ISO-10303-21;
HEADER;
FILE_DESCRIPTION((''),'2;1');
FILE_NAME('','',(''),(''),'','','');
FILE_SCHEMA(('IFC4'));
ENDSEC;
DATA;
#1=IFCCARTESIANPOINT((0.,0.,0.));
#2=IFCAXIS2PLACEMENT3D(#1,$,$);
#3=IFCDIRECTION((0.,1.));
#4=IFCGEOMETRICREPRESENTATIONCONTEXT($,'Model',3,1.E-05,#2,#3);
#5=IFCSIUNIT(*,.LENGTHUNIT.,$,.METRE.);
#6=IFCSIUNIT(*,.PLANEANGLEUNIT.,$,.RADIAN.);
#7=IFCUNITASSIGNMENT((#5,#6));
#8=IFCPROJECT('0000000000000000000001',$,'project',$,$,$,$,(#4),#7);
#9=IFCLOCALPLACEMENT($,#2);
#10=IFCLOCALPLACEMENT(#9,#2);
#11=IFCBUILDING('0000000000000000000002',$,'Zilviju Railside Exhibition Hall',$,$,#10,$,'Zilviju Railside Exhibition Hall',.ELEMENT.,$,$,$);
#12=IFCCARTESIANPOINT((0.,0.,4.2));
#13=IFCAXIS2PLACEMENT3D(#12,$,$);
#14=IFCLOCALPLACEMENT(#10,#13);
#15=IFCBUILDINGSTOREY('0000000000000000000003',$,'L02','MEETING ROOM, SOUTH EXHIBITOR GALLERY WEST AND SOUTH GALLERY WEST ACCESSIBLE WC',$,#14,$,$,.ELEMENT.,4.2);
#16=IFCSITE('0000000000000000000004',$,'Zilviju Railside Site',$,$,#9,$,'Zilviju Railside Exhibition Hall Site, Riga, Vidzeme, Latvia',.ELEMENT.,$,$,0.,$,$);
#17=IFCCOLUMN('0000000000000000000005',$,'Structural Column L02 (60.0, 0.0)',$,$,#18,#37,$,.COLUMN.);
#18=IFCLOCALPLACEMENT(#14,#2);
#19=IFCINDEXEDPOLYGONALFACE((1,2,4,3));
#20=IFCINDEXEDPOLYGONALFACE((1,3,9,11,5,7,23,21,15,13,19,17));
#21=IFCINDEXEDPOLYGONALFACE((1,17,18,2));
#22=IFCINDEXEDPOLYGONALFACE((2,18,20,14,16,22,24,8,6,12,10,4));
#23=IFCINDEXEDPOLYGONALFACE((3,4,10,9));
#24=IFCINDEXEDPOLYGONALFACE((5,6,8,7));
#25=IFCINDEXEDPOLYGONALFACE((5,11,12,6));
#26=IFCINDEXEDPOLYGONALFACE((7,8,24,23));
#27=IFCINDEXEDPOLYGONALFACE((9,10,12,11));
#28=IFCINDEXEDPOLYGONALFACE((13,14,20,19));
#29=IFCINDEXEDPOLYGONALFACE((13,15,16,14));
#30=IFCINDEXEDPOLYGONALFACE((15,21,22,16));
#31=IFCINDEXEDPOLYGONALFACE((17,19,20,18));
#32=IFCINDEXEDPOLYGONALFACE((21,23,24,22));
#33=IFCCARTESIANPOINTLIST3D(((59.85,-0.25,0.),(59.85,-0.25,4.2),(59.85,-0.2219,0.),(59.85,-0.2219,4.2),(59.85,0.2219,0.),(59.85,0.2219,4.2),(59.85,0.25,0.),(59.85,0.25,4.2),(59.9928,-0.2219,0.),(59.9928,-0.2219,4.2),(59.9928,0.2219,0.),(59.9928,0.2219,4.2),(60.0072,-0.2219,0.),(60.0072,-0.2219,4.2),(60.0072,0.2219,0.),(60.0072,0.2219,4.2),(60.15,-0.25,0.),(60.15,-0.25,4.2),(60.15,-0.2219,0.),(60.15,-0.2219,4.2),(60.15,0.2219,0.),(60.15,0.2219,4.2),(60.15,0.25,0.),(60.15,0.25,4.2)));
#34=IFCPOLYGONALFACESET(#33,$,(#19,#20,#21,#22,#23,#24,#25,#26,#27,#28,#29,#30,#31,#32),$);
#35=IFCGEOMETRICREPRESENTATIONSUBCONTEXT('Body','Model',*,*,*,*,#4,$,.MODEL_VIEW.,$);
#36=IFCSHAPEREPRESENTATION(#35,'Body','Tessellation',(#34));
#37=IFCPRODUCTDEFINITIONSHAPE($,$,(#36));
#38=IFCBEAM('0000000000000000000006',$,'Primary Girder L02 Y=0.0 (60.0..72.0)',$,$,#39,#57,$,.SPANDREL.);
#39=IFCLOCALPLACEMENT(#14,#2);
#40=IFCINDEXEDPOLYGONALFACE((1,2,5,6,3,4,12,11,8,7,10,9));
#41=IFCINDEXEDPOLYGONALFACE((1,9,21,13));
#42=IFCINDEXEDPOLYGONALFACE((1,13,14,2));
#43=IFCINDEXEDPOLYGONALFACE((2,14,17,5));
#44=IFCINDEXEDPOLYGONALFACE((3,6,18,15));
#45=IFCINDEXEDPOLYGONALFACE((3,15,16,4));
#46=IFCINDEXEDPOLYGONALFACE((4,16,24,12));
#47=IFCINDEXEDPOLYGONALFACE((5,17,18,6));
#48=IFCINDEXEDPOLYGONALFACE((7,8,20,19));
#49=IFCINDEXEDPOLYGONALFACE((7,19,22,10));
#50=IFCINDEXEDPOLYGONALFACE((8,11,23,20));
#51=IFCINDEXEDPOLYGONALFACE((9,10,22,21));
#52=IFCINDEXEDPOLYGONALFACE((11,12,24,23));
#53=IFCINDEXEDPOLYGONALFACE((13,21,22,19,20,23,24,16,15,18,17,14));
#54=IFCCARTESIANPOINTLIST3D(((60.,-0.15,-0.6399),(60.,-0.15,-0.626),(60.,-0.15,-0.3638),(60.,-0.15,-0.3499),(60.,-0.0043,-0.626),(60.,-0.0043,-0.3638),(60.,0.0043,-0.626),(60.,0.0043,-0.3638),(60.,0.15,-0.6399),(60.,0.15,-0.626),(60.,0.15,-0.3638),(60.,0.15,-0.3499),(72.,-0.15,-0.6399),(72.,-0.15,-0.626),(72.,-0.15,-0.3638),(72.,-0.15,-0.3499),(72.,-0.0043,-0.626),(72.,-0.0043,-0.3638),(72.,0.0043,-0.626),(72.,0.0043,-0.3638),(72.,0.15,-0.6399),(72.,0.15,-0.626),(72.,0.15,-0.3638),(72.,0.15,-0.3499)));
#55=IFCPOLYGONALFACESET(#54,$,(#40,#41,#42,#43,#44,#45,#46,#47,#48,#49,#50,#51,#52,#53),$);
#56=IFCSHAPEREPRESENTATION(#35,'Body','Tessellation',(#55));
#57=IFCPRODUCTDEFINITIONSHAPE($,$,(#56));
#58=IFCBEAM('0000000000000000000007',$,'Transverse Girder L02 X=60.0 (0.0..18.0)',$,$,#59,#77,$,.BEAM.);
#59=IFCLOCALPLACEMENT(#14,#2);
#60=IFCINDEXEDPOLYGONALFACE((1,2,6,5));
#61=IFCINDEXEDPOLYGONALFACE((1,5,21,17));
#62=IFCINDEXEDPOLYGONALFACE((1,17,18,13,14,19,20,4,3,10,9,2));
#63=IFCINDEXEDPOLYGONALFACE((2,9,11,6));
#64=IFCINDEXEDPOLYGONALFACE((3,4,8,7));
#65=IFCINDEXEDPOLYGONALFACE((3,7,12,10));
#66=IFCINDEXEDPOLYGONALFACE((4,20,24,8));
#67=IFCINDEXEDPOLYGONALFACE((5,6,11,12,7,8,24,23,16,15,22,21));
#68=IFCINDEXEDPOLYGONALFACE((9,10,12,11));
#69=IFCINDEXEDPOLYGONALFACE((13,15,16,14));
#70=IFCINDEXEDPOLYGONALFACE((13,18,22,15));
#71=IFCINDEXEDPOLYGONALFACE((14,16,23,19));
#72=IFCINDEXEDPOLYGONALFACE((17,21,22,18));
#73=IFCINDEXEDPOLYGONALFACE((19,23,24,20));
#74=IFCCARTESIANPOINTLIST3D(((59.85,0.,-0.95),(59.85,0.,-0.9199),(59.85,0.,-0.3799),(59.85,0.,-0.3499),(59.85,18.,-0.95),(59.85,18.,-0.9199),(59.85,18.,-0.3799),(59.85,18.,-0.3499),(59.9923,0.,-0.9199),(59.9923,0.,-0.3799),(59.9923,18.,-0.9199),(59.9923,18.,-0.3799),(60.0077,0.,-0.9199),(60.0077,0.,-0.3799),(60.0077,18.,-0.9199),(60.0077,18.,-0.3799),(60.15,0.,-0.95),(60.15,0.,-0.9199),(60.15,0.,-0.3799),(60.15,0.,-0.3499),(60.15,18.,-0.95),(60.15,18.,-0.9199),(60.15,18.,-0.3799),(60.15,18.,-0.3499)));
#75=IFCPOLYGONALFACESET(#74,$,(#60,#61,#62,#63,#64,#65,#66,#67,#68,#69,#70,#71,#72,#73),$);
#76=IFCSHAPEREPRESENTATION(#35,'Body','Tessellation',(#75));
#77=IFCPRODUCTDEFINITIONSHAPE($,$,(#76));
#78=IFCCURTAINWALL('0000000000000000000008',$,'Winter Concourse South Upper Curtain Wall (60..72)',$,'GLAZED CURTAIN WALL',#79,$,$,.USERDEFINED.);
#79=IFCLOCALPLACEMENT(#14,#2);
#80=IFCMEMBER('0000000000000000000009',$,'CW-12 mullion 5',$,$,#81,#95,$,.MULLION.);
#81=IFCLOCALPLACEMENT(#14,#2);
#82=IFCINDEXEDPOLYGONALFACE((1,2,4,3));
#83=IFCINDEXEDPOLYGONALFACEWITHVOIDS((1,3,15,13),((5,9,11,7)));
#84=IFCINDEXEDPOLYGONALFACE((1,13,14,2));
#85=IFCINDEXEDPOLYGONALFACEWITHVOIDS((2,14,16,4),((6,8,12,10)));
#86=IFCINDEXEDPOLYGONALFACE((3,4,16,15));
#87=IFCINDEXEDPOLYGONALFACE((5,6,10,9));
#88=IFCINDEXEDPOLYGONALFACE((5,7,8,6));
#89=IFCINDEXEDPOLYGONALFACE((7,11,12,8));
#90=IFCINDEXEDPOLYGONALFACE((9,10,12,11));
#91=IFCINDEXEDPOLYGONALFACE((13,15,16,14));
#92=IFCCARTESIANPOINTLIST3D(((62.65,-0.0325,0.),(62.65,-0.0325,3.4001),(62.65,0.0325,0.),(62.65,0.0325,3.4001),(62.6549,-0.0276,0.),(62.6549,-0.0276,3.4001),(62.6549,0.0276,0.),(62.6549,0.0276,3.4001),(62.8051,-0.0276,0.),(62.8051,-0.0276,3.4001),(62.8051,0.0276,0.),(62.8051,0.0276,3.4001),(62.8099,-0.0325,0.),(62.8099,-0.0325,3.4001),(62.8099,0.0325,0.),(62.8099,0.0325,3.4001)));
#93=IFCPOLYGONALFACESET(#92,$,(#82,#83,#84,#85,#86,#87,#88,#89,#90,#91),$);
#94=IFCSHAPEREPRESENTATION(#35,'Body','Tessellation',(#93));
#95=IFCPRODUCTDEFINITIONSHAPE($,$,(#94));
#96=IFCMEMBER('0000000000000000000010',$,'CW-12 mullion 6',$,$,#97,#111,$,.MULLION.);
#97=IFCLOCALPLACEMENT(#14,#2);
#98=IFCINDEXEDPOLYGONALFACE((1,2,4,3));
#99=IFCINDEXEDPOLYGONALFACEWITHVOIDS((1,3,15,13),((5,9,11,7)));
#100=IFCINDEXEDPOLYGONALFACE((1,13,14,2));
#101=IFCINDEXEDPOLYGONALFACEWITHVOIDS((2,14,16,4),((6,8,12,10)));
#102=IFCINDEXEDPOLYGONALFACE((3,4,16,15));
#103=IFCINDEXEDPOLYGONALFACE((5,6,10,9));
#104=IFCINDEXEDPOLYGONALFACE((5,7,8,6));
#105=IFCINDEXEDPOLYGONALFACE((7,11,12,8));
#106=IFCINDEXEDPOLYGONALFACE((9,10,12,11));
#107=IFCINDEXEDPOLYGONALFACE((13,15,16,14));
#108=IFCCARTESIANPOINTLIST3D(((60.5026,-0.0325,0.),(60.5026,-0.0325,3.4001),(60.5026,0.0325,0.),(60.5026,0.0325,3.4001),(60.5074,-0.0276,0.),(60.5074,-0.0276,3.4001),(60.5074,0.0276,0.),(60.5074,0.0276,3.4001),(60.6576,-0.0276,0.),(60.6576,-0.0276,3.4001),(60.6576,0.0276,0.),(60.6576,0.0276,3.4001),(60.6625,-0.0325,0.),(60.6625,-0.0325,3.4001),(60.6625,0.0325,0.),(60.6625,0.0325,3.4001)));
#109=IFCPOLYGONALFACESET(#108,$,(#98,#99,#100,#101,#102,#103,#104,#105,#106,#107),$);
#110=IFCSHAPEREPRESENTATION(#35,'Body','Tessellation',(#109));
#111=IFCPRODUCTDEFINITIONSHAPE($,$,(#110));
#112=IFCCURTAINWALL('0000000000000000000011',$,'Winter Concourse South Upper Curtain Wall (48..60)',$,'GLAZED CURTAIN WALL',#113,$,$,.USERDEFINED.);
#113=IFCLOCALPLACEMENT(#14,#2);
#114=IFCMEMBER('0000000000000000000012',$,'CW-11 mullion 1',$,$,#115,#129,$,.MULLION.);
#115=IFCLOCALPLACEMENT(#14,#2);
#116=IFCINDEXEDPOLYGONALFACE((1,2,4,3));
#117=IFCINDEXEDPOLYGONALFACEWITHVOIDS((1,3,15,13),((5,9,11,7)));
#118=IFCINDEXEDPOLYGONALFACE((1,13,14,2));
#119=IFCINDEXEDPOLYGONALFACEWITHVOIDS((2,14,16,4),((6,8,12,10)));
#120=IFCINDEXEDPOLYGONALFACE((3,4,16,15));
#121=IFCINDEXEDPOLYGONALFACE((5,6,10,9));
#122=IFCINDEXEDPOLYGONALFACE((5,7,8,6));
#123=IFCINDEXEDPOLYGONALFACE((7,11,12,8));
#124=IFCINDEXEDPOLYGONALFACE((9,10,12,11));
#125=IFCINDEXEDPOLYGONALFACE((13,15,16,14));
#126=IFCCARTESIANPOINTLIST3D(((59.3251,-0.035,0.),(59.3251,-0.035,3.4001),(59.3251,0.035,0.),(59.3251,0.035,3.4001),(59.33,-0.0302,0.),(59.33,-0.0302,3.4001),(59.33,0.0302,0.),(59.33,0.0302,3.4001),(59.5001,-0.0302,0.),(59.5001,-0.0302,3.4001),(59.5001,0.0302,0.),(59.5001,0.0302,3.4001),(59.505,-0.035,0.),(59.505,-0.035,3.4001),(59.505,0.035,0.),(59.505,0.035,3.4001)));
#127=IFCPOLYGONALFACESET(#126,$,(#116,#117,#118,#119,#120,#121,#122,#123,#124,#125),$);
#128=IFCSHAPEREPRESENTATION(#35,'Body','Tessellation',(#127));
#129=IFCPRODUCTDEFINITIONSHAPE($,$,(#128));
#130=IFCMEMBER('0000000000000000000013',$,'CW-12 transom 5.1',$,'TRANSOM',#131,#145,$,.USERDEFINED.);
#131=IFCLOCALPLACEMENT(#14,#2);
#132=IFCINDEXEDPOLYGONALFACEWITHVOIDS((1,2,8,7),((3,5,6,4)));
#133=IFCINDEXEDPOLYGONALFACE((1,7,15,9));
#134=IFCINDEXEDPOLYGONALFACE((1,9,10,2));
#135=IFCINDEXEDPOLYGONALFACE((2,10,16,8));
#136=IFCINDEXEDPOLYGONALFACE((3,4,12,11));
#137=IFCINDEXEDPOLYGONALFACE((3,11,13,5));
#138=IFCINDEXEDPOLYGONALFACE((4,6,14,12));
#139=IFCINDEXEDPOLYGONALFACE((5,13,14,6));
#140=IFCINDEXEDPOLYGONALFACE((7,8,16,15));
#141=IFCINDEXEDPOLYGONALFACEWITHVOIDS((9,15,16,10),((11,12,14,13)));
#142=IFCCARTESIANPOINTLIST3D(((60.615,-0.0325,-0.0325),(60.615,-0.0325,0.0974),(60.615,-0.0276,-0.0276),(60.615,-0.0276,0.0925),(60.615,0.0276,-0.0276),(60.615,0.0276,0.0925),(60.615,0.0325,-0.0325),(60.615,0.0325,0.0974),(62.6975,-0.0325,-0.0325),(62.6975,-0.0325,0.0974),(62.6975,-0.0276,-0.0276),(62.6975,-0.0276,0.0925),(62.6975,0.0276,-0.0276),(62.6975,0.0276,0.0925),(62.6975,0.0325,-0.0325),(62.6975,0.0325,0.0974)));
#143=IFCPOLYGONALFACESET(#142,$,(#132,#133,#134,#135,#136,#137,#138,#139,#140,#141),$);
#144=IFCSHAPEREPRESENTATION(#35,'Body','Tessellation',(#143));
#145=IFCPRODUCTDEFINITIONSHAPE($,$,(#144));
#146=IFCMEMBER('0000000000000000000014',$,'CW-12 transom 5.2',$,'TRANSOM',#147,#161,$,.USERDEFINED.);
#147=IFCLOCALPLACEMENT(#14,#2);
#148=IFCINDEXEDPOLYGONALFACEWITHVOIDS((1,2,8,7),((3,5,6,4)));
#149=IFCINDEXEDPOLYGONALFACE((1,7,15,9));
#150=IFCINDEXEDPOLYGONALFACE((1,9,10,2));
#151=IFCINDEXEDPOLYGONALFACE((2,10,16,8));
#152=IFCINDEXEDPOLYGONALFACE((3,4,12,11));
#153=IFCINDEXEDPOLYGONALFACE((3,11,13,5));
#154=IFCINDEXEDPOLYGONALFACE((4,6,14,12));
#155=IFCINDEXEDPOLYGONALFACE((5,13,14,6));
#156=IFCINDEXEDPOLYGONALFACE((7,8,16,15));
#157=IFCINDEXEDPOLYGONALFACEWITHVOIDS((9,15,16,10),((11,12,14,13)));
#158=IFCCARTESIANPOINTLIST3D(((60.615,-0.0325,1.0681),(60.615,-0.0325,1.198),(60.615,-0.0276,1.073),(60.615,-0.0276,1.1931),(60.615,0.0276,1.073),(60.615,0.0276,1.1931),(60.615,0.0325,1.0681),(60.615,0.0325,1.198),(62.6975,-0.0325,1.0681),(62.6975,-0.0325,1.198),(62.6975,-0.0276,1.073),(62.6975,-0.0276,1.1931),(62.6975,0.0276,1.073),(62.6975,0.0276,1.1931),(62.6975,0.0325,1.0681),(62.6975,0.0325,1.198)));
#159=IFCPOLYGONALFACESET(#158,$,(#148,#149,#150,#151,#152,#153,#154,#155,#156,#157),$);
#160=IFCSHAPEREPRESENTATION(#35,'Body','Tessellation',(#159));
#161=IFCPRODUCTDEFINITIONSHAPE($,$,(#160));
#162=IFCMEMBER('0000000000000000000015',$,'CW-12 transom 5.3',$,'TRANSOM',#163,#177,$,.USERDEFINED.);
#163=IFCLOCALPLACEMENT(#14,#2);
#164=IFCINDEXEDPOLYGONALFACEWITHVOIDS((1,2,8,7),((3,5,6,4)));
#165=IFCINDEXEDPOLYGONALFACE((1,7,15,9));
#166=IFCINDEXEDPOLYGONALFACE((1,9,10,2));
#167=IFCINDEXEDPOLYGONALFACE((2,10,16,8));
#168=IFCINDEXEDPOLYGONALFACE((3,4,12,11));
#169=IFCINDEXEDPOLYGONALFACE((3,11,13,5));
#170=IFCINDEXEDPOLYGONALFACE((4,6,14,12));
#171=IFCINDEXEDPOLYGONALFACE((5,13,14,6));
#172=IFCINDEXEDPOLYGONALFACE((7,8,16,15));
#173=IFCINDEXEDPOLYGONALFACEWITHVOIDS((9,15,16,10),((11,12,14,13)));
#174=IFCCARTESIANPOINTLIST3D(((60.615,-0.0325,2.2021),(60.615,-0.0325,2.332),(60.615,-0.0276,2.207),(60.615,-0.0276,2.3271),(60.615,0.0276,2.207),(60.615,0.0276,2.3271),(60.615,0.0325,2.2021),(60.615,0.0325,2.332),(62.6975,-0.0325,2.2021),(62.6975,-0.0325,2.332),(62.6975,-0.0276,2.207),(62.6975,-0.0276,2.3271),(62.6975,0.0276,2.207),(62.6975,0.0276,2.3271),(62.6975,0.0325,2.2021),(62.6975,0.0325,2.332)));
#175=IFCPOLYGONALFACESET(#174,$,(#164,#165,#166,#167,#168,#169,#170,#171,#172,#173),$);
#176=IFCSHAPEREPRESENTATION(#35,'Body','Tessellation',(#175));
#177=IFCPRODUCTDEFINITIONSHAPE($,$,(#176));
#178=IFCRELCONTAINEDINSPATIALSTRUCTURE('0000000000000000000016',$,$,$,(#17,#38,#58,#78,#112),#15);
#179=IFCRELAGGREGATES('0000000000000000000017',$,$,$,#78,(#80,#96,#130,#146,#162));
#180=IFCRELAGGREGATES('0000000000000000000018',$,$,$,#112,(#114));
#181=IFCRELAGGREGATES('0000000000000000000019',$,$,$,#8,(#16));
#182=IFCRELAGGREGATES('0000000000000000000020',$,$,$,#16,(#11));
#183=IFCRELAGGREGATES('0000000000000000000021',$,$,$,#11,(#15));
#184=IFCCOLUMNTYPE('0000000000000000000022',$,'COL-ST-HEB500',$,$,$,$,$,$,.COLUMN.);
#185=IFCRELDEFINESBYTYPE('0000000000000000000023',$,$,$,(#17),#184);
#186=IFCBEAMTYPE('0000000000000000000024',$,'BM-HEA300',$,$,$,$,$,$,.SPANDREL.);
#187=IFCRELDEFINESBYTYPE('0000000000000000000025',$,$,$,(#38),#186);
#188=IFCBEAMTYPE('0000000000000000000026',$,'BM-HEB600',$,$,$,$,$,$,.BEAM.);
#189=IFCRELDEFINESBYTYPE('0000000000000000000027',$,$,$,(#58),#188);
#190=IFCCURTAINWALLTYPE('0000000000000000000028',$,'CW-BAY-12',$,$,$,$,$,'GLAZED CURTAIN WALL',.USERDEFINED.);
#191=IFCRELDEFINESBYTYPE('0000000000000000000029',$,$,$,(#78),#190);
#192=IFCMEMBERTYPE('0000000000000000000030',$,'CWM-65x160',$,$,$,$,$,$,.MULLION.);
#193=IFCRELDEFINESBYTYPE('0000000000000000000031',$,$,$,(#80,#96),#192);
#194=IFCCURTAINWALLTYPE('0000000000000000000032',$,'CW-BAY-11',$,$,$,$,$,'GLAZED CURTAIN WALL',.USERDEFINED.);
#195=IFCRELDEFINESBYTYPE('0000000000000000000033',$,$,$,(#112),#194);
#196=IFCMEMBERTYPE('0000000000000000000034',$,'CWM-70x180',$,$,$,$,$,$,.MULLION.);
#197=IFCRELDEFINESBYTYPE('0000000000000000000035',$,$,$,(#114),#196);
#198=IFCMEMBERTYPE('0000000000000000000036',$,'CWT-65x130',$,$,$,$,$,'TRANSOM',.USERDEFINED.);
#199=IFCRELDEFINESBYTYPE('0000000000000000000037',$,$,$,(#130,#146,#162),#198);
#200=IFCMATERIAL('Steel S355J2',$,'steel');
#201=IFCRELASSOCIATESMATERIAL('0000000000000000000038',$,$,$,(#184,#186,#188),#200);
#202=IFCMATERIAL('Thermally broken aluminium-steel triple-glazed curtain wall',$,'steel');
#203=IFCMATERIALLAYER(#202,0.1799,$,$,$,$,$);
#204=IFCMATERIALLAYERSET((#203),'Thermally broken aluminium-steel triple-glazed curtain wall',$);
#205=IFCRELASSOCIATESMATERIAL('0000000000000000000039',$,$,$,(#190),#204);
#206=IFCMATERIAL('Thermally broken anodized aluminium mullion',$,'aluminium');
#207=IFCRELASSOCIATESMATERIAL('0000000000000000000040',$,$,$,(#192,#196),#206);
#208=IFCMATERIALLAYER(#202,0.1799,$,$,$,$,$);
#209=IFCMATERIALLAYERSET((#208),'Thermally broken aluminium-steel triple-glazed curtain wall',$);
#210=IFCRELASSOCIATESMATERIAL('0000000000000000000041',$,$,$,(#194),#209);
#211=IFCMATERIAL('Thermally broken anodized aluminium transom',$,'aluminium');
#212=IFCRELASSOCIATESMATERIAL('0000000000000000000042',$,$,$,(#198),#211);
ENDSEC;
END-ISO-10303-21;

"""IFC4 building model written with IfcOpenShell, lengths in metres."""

from ifc_helpers import new_model, si_unit, direction, frame, origin, origin_2d, place, context, subcontext, project, spatial, hollow_rectangle, i_section, extrude, material, layer, layer_set, material_profile, profile_set, type_object, element, aggregate, save


model = new_model("IFC4")

# Units and contexts
model_context = context("Model", 3, precision=1e-05, world=origin(), true_north=direction((0.0, 1.0)))
body_context = subcontext(model_context, "Body", "Model", "MODEL_VIEW")
ifc_project = project(units=[si_unit("LENGTHUNIT", "METRE"), si_unit("PLANEANGLEUNIT", "RADIAN")], contexts=[model_context])

# Site, building, storey
site_placement = place(None, origin())
site = spatial("IfcSite", under=ifc_project, at=site_placement, Name="Zilviju Railside Site", LongName="Zilviju Railside Exhibition Hall Site, Riga, Vidzeme, Latvia", CompositionType="ELEMENT", RefElevation=0.0)
building_placement = place(site_placement, origin())
building = spatial("IfcBuilding", under=site, at=building_placement, Name="Zilviju Railside Exhibition Hall", LongName="Zilviju Railside Exhibition Hall", CompositionType="ELEMENT")
storey_placement = place(building_placement, frame((0.0, 0.0, 4.2)))
storey = spatial("IfcBuildingStorey", under=building, at=storey_placement, Name="L02", Description="MEETING ROOM, SOUTH EXHIBITOR GALLERY WEST AND SOUTH GALLERY WEST ACCESSIBLE WC", CompositionType="ELEMENT", Elevation=4.2)

# Column
ifc_material_1 = material(Name="Steel S355J2", Category="steel")
ifc_material_profile_1 = material_profile(ifc_material_1, i_section(OverallWidth=0.3, OverallDepth=0.5, WebThickness=0.0144, FlangeThickness=0.0281, at=origin_2d()), Name="HEB 500")
ifc_profile_set_1 = profile_set([ifc_material_profile_1], Name="Steel S355J2")
column_type = type_object("IfcColumnType", Name="COL-ST-HEB500", PredefinedType="COLUMN", material=ifc_profile_set_1)
column_placement = place(storey_placement, frame((60.0, 0.0, 0.0), z_axis=(0.0, 0.0, 1.0), x_axis=(1.0, 0.0, 0.0)))
element("IfcColumn", 1, at=column_placement, inside=storey, type_object=column_type, Name="Structural Column L02 (60.0, 0.0)", PredefinedType="COLUMN", context=body_context, shape_type="SweptSolid", body=[
    extrude(i_section(OverallWidth=0.3, OverallDepth=0.5, WebThickness=0.0144, FlangeThickness=0.0281, at=origin_2d()), origin(), (0.0, 0.0, 1.0), 4.2),
])

# Beams
ifc_material_profile_2 = material_profile(ifc_material_1, i_section(OverallWidth=0.3, OverallDepth=0.29, WebThickness=0.0085, FlangeThickness=0.0139, at=origin_2d()), Name="HEA 300")
ifc_profile_set_2 = profile_set([ifc_material_profile_2], Name="Steel S355J2")
beam_type_1 = type_object("IfcBeamType", Name="BM-HEA300", PredefinedType="SPANDREL", material=ifc_profile_set_2)
beam_1_placement = place(storey_placement, frame((60.0, 0.0, -0.4949), z_axis=(1.0, 0.0, 0.0), x_axis=(0.0, 1.0, 0.0)))
element("IfcBeam", 2, at=beam_1_placement, inside=storey, type_object=beam_type_1, Name="Primary Girder L02 Y=0.0 (60.0..72.0)", PredefinedType="SPANDREL", context=body_context, shape_type="SweptSolid", body=[
    extrude(i_section(OverallWidth=0.3, OverallDepth=0.29, WebThickness=0.0085, FlangeThickness=0.0139, at=origin_2d()), origin(), (0.0, 0.0, 1.0), 12.0),
])
ifc_material_profile_3 = material_profile(ifc_material_1, i_section(OverallWidth=0.3, OverallDepth=0.6001, WebThickness=0.0154, FlangeThickness=0.03, at=origin_2d()), Name="HEB 600")
ifc_profile_set_3 = profile_set([ifc_material_profile_3], Name="Steel S355J2")
beam_type_2 = type_object("IfcBeamType", Name="BM-HEB600", PredefinedType="BEAM", material=ifc_profile_set_3)
beam_2_placement = place(storey_placement, frame((60.0, 0.0, -0.6499), z_axis=(0.0, 1.0, 0.0), x_axis=(-1.0, 0.0, 0.0)))
element("IfcBeam", 3, at=beam_2_placement, inside=storey, type_object=beam_type_2, Name="Transverse Girder L02 X=60.0 (0.0..18.0)", PredefinedType="BEAM", context=body_context, shape_type="SweptSolid", body=[
    extrude(i_section(OverallWidth=0.3, OverallDepth=0.6001, WebThickness=0.0154, FlangeThickness=0.03, at=origin_2d()), origin(), (0.0, 0.0, 1.0), 18.0),
])

# Curtain wall, members
ifc_material_2 = material(Name="Thermally broken aluminium-steel triple-glazed curtain wall", Category="steel")
ifc_layer_1 = layer(ifc_material_2, 0.1799)
ifc_layer_set_1 = layer_set([ifc_layer_1], Name="Thermally broken aluminium-steel triple-glazed curtain wall")
curtain_wall_type_1 = type_object("IfcCurtainWallType", Name="CW-BAY-12", ElementType="GLAZED CURTAIN WALL", PredefinedType="USERDEFINED", material=ifc_layer_set_1)
curtain_wall_1_placement = place(storey_placement, origin())
curtain_wall_1 = element("IfcCurtainWall", 4, at=curtain_wall_1_placement, inside=storey, type_object=curtain_wall_type_1, Name="Winter Concourse South Upper Curtain Wall (60..72)", ObjectType="GLAZED CURTAIN WALL", PredefinedType="USERDEFINED")
ifc_material_3 = material(Name="Thermally broken anodized aluminium mullion", Category="aluminium")
ifc_material_profile_4 = material_profile(ifc_material_3, hollow_rectangle(XDim=0.0649, YDim=0.1599, WallThickness=0.0049, at=origin_2d()), Name="MULLION 160x65x5")
ifc_profile_set_4 = profile_set([ifc_material_profile_4], Name="Thermally broken anodized aluminium mullion")
member_type_1 = type_object("IfcMemberType", Name="CWM-65x160", PredefinedType="MULLION", material=ifc_profile_set_4)
member_1_placement = place(storey_placement, frame((62.73, 0.0, 0.0), z_axis=(0.0, 0.0, 1.0), x_axis=(0.0, -1.0, 0.0)))
member_1 = element("IfcMember", 5, at=member_1_placement, type_object=member_type_1, Name="CW-12 mullion 5", PredefinedType="MULLION", context=body_context, shape_type="SweptSolid", body=[
    extrude(hollow_rectangle(XDim=0.0649, YDim=0.1599, WallThickness=0.0049, at=origin_2d()), origin(), (0.0, 0.0, 1.0), 3.4001),
])
member_2_placement = place(storey_placement, frame((60.5825, 0.0, 0.0), z_axis=(0.0, 0.0, 1.0), x_axis=(0.0, -1.0, 0.0)))
member_2 = element("IfcMember", 6, at=member_2_placement, type_object=member_type_1, Name="CW-12 mullion 6", PredefinedType="MULLION", context=body_context, shape_type="SweptSolid", body=[
    extrude(hollow_rectangle(XDim=0.0649, YDim=0.1599, WallThickness=0.0049, at=origin_2d()), origin(), (0.0, 0.0, 1.0), 3.4001),
])

# Curtain wall, member
ifc_layer_2 = layer(ifc_material_2, 0.1799)
ifc_layer_set_2 = layer_set([ifc_layer_2], Name="Thermally broken aluminium-steel triple-glazed curtain wall")
curtain_wall_type_2 = type_object("IfcCurtainWallType", Name="CW-BAY-11", ElementType="GLAZED CURTAIN WALL", PredefinedType="USERDEFINED", material=ifc_layer_set_2)
curtain_wall_2_placement = place(storey_placement, origin())
curtain_wall_2 = element("IfcCurtainWall", 7, at=curtain_wall_2_placement, inside=storey, type_object=curtain_wall_type_2, Name="Winter Concourse South Upper Curtain Wall (48..60)", ObjectType="GLAZED CURTAIN WALL", PredefinedType="USERDEFINED")
ifc_material_profile_5 = material_profile(ifc_material_3, hollow_rectangle(XDim=0.0701, YDim=0.1799, WallThickness=0.0049, at=origin_2d()), Name="MULLION 180x70x5")
ifc_profile_set_5 = profile_set([ifc_material_profile_5], Name="Thermally broken anodized aluminium mullion")
member_type_2 = type_object("IfcMemberType", Name="CWM-70x180", PredefinedType="MULLION", material=ifc_profile_set_5)
member_3_placement = place(storey_placement, frame((59.415, 0.0, 0.0), z_axis=(0.0, 0.0, 1.0), x_axis=(0.0, -1.0, 0.0)))
member_3 = element("IfcMember", 8, at=member_3_placement, type_object=member_type_2, Name="CW-11 mullion 1", PredefinedType="MULLION", context=body_context, shape_type="SweptSolid", body=[
    extrude(hollow_rectangle(XDim=0.0701, YDim=0.1799, WallThickness=0.0049, at=origin_2d()), origin(), (0.0, 0.0, 1.0), 3.4001),
])

# Members
ifc_material_4 = material(Name="Thermally broken anodized aluminium transom", Category="aluminium")
ifc_material_profile_6 = material_profile(ifc_material_4, hollow_rectangle(XDim=0.0649, YDim=0.1299, WallThickness=0.0049, at=origin_2d()), Name="TRANSOM 130x65x5")
ifc_profile_set_6 = profile_set([ifc_material_profile_6], Name="Thermally broken anodized aluminium transom")
member_type_3 = type_object("IfcMemberType", Name="CWT-65x130", ElementType="TRANSOM", PredefinedType="USERDEFINED", material=ifc_profile_set_6)
member_4_placement = place(storey_placement, frame((62.6975, 0.0, 0.0325), z_axis=(-1.0, 0.0, 0.0), x_axis=(0.0, -1.0, 0.0)))
member_4 = element("IfcMember", 9, at=member_4_placement, type_object=member_type_3, Name="CW-12 transom 5.1", ObjectType="TRANSOM", PredefinedType="USERDEFINED", context=body_context, shape_type="SweptSolid", body=[
    extrude(hollow_rectangle(XDim=0.0649, YDim=0.1299, WallThickness=0.0049, at=origin_2d()), origin(), (0.0, 0.0, 1.0), 2.0825),
])
member_5_placement = place(storey_placement, frame((62.6975, 0.0, 1.1331), z_axis=(-1.0, 0.0, 0.0), x_axis=(0.0, -1.0, 0.0)))
member_5 = element("IfcMember", 10, at=member_5_placement, type_object=member_type_3, Name="CW-12 transom 5.2", ObjectType="TRANSOM", PredefinedType="USERDEFINED", context=body_context, shape_type="SweptSolid", body=[
    extrude(hollow_rectangle(XDim=0.0649, YDim=0.1299, WallThickness=0.0049, at=origin_2d()), origin(), (0.0, 0.0, 1.0), 2.0825),
])
member_6_placement = place(storey_placement, frame((62.6975, 0.0, 2.2671), z_axis=(-1.0, 0.0, 0.0), x_axis=(0.0, -1.0, 0.0)))
member_6 = element("IfcMember", 11, at=member_6_placement, type_object=member_type_3, Name="CW-12 transom 5.3", ObjectType="TRANSOM", PredefinedType="USERDEFINED", context=body_context, shape_type="SweptSolid", body=[
    extrude(hollow_rectangle(XDim=0.0649, YDim=0.1299, WallThickness=0.0049, at=origin_2d()), origin(), (0.0, 0.0, 1.0), 2.0825),
])

aggregate(curtain_wall_1, [member_1, member_2, member_4, member_5, member_6])
aggregate(curtain_wall_2, [member_3])

save(model, "model.ifc")
